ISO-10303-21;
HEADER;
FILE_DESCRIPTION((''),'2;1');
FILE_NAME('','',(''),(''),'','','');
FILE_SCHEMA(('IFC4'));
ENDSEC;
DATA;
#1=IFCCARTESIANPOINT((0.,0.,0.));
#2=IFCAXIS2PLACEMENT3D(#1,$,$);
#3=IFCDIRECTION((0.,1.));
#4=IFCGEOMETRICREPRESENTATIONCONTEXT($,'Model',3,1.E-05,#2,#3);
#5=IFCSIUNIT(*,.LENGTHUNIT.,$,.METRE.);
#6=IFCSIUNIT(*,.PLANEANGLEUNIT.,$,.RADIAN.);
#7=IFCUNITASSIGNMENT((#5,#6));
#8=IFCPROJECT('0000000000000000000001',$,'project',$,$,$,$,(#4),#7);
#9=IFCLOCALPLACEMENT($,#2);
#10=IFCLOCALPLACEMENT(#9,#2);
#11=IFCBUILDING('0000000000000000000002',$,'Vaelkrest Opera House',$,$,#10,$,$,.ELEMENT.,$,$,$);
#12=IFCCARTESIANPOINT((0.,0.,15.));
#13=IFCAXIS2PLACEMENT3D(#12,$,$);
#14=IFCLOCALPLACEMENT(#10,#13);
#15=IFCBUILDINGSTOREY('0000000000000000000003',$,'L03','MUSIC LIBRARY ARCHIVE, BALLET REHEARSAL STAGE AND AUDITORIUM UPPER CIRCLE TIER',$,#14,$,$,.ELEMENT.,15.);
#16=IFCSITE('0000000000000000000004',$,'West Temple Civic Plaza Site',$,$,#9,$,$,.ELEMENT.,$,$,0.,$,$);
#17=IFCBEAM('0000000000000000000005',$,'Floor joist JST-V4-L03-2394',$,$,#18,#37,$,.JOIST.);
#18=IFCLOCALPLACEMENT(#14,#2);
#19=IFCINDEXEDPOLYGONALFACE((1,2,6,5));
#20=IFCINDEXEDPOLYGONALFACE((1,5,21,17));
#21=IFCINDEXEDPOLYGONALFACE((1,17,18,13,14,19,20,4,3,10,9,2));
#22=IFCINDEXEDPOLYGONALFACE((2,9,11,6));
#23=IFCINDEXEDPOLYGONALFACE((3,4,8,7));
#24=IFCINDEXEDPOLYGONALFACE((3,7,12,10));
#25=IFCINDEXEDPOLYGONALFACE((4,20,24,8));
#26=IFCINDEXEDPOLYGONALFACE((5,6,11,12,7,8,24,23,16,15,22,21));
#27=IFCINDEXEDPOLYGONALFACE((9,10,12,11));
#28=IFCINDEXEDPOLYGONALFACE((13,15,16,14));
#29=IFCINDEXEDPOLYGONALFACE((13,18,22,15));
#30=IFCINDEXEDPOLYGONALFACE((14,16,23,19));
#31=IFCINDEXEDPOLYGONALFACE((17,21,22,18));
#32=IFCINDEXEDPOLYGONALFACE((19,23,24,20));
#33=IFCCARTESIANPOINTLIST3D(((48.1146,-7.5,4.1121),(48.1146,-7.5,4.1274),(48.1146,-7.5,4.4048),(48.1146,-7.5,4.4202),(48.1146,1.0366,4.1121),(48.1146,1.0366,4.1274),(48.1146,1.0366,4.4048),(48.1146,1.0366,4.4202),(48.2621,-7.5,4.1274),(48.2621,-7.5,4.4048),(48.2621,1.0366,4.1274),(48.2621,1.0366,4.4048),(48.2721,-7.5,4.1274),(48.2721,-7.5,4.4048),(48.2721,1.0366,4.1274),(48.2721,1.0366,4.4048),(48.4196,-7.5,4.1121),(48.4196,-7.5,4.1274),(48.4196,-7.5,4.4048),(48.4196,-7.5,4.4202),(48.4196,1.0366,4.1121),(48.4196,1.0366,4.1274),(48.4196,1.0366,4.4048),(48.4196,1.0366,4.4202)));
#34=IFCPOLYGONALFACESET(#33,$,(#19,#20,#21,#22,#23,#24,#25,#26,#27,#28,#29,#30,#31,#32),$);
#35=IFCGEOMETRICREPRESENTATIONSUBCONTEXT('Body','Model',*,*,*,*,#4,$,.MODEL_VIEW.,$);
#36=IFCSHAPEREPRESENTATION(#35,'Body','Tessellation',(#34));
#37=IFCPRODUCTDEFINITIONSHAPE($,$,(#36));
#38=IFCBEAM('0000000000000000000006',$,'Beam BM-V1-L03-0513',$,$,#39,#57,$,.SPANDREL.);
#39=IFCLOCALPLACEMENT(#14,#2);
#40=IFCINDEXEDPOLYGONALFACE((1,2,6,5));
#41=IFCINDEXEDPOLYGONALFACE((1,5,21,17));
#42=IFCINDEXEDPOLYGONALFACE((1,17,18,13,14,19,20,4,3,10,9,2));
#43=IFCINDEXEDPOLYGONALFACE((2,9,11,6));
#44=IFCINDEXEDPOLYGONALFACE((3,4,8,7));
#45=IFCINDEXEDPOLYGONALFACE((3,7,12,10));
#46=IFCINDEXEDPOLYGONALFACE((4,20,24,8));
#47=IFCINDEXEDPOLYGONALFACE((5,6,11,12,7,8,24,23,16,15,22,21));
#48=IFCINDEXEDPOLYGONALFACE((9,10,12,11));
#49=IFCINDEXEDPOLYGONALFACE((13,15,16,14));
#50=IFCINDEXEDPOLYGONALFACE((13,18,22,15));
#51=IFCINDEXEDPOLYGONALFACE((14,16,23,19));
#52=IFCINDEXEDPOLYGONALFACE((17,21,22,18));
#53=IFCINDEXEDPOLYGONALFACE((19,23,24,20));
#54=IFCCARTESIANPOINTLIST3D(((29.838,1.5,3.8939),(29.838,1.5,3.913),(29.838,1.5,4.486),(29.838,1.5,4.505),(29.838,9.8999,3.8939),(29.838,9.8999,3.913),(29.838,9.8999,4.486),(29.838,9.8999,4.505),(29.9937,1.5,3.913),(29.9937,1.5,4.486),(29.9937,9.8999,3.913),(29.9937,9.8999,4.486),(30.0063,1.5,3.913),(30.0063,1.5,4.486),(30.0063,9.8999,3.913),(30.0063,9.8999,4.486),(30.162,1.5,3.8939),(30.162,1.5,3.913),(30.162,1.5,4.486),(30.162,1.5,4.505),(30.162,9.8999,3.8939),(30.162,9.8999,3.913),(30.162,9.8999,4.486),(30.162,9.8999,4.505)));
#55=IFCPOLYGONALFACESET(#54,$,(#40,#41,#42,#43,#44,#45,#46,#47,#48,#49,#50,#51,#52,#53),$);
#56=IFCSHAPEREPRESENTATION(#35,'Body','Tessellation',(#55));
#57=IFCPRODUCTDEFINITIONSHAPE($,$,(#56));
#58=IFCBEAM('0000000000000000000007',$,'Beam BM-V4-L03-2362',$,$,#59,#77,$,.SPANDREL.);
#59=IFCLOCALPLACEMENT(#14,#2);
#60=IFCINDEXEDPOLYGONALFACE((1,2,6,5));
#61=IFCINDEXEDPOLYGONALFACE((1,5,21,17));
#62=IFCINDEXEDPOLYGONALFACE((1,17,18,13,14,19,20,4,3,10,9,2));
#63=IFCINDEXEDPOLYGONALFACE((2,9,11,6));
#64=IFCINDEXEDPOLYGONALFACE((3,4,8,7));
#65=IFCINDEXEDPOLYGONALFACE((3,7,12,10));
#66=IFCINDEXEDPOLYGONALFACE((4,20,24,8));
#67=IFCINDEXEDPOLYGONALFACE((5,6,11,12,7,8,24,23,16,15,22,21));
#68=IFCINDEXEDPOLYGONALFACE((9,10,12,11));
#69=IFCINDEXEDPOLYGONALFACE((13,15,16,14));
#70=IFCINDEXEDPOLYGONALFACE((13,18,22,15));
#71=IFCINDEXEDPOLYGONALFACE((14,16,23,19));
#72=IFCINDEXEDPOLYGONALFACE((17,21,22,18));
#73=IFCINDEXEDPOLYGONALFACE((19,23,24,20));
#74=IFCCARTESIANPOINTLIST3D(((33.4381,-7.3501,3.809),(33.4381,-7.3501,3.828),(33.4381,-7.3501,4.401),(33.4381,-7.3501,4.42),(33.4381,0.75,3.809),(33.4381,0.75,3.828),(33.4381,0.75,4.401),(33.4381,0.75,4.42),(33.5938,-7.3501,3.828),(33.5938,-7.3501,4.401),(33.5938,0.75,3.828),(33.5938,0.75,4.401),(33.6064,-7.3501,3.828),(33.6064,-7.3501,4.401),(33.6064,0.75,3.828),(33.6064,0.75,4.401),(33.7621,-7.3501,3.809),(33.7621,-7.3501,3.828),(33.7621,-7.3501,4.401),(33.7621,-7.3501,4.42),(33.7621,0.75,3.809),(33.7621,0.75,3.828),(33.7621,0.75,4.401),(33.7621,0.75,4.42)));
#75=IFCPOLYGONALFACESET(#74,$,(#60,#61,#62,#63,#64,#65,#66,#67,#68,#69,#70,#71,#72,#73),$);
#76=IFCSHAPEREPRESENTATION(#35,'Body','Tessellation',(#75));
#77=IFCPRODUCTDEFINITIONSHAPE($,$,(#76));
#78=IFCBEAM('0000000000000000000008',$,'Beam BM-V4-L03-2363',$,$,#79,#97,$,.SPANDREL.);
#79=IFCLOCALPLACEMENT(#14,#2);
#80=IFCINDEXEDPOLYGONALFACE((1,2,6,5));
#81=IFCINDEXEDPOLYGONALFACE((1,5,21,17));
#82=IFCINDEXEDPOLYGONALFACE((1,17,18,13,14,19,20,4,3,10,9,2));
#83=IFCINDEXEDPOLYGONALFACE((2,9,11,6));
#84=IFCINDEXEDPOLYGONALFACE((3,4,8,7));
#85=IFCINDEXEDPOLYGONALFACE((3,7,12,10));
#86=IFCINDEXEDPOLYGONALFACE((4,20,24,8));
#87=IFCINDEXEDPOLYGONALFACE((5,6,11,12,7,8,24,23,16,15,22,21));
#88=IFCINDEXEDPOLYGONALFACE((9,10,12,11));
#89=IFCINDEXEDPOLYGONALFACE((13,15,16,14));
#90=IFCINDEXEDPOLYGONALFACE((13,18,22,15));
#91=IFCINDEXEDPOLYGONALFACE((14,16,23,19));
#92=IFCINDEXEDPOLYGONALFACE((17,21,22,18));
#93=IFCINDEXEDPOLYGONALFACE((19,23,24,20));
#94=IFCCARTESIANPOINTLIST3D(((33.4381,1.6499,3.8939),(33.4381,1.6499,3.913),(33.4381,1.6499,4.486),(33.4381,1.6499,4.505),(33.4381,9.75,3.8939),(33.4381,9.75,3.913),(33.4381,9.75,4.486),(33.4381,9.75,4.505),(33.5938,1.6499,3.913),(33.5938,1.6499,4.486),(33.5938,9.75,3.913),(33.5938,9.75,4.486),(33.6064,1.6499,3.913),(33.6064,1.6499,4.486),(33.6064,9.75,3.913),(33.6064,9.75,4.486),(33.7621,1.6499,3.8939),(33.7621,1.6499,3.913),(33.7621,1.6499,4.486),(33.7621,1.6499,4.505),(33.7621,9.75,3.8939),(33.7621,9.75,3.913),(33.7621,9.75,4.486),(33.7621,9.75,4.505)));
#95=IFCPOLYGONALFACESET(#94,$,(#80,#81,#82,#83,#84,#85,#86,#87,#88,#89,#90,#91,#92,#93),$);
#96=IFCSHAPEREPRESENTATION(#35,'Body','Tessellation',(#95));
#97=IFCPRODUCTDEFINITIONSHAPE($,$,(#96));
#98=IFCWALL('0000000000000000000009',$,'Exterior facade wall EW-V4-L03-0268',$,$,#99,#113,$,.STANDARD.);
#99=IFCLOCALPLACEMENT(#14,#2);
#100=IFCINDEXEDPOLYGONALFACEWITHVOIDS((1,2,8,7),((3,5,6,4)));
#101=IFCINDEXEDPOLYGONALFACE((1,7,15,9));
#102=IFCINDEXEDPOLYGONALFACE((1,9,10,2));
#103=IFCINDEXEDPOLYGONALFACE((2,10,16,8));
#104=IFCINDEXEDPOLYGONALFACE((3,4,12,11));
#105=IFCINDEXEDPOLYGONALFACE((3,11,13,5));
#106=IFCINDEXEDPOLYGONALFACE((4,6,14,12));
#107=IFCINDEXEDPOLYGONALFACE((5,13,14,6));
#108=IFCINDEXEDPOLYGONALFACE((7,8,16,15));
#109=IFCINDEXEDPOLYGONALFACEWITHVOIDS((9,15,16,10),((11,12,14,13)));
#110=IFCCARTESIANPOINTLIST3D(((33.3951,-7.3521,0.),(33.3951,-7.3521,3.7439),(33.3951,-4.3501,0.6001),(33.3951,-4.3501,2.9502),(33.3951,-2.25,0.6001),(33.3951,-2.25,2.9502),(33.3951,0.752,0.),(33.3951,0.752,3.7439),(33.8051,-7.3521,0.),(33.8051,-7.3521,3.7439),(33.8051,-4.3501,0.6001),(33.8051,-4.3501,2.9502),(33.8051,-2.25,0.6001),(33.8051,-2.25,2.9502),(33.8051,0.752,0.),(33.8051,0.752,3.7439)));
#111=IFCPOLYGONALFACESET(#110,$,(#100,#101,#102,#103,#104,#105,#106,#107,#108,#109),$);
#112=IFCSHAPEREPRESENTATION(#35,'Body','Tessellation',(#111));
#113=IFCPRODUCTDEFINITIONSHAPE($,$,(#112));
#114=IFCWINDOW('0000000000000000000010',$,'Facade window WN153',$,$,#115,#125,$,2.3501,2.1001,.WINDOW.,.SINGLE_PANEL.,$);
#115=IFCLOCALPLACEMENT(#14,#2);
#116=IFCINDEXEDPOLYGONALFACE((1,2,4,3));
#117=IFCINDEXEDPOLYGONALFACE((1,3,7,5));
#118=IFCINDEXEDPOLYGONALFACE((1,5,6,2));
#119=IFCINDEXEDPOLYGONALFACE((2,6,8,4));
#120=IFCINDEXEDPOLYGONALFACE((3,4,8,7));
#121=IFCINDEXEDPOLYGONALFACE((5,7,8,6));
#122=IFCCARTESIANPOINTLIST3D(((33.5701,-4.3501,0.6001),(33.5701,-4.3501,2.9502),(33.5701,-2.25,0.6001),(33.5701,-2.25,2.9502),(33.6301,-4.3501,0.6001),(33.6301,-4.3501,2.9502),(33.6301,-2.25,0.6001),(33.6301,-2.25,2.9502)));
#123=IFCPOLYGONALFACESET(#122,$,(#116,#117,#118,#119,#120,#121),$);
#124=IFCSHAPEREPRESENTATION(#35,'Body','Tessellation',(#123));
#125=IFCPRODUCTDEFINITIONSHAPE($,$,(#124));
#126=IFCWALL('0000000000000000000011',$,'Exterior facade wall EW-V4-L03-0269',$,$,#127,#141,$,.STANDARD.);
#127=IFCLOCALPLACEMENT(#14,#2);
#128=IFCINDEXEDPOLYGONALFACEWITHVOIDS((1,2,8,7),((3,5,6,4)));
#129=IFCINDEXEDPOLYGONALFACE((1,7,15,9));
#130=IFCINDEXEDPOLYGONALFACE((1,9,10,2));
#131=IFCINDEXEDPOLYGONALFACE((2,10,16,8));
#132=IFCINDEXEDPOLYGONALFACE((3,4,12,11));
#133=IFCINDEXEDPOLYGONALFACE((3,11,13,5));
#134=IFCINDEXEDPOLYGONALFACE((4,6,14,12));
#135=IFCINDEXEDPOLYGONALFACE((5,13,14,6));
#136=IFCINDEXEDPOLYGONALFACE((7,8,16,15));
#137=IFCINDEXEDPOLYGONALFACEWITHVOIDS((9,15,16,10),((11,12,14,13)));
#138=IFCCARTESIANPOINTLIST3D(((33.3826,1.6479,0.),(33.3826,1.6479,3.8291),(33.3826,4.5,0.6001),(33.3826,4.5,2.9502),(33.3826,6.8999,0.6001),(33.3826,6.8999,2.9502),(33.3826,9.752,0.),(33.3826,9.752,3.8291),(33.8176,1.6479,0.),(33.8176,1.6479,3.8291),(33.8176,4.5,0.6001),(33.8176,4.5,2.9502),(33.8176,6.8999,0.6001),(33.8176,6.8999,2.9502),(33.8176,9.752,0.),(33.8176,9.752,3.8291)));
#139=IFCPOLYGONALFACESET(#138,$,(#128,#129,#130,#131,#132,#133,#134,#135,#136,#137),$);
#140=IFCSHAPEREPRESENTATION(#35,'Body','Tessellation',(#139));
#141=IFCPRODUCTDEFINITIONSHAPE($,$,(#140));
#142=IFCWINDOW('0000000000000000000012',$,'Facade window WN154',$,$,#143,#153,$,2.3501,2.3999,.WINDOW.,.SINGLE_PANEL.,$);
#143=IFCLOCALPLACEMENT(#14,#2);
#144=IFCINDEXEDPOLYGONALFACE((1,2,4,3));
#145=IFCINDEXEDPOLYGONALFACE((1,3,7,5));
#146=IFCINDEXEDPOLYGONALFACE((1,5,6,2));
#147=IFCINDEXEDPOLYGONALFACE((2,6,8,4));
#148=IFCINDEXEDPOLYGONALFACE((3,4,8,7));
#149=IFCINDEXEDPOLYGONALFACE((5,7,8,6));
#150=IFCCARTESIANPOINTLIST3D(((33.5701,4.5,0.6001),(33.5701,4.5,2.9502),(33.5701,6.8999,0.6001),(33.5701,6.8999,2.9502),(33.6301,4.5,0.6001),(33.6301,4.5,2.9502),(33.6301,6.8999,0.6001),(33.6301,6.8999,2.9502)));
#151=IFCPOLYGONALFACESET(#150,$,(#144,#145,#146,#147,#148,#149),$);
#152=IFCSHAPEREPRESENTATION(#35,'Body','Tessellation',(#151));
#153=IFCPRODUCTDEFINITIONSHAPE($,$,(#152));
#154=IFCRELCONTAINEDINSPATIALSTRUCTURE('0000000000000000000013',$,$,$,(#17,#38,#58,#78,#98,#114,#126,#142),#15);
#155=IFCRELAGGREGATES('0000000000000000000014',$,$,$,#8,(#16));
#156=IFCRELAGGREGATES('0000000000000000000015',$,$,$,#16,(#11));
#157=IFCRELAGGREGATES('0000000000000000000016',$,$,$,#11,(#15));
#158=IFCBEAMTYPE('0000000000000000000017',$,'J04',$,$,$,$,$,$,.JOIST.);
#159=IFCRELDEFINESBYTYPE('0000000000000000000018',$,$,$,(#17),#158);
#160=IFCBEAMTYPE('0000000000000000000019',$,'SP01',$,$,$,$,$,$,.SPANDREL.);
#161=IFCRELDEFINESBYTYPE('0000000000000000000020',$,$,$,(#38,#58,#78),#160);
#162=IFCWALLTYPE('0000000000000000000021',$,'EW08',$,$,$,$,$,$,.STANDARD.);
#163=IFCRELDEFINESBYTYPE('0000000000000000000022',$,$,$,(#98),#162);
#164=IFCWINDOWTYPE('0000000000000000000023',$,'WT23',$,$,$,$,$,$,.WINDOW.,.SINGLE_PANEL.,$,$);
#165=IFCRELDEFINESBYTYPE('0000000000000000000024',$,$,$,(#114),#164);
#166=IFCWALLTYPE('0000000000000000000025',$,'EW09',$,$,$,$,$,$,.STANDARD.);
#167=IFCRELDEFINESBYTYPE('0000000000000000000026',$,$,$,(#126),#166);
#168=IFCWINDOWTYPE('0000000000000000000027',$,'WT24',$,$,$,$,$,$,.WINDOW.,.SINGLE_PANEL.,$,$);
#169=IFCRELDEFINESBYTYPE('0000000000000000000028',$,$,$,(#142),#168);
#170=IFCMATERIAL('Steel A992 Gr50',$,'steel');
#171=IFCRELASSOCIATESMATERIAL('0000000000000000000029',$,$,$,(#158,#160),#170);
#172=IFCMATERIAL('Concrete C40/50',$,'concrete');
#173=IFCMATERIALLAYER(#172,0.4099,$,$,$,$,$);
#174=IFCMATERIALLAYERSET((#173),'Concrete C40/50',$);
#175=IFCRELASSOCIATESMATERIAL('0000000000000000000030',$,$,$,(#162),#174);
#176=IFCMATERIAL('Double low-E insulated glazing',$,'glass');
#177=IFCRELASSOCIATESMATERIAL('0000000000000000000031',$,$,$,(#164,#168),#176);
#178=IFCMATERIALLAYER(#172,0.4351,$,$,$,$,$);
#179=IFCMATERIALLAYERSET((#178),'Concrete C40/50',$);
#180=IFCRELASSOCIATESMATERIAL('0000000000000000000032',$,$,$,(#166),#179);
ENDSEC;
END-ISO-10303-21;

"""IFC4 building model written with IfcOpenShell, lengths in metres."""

from ifc_helpers import new_model, si_unit, direction, frame, frame_2d, origin, origin_2d, place, context, subcontext, project, spatial, rectangle, i_section, extrude, material, layer, layer_set, material_profile, profile_set, type_object, element, fill, save


model = new_model("IFC4")

# Units and contexts
model_context = context("Model", 3, precision=1e-05, world=origin(), true_north=direction((0.0, 1.0)))
body_context = subcontext(model_context, "Body", "Model", "MODEL_VIEW")
ifc_project = project(units=[si_unit("LENGTHUNIT", "METRE"), si_unit("PLANEANGLEUNIT", "RADIAN")], contexts=[model_context])

# Site, building, storey
site_placement = place(None, origin())
site = spatial("IfcSite", under=ifc_project, at=site_placement, Name="West Temple Civic Plaza Site", CompositionType="ELEMENT", RefElevation=0.0)
building_placement = place(site_placement, origin())
building = spatial("IfcBuilding", under=site, at=building_placement, Name="Vaelkrest Opera House", CompositionType="ELEMENT")
storey_placement = place(building_placement, frame((0.0, 0.0, 15.0)))
storey = spatial("IfcBuildingStorey", under=building, at=storey_placement, Name="L03", Description="MUSIC LIBRARY ARCHIVE, BALLET REHEARSAL STAGE AND AUDITORIUM UPPER CIRCLE TIER", CompositionType="ELEMENT", Elevation=15.0)

# Shared definitions
ifc_material_1 = material(Name="Steel A992 Gr50", Category="steel")

# Beams
ifc_material_profile_1 = material_profile(ifc_material_1, i_section(OverallWidth=0.3049, OverallDepth=0.3081, WebThickness=0.01, FlangeThickness=0.0154, at=origin_2d()), Name="W12X65")
ifc_profile_set_1 = profile_set([ifc_material_profile_1], Name="Steel A992 Gr50")
beam_type_1 = type_object("IfcBeamType", Name="J04", PredefinedType="JOIST", material=ifc_profile_set_1)
beam_1_placement = place(storey_placement, frame((48.2671, -7.5, 4.2661), z_axis=(0.0, 1.0, 0.0), x_axis=(-1.0, 0.0, 0.0)))
element("IfcBeam", 1, at=beam_1_placement, inside=storey, type_object=beam_type_1, Name="Floor joist JST-V4-L03-2394", PredefinedType="JOIST", context=body_context, shape_type="SweptSolid", body=[
    extrude(i_section(OverallWidth=0.3049, OverallDepth=0.3081, WebThickness=0.01, FlangeThickness=0.0154, at=origin_2d()), origin(), (0.0, 0.0, 1.0), 8.5366),
])
ifc_material_profile_2 = material_profile(ifc_material_1, i_section(OverallWidth=0.324, OverallDepth=0.6111, WebThickness=0.0127, FlangeThickness=0.019, at=origin_2d()), Name="W24X104")
ifc_profile_set_2 = profile_set([ifc_material_profile_2], Name="Steel A992 Gr50")
beam_type_2 = type_object("IfcBeamType", Name="SP01", PredefinedType="SPANDREL", material=ifc_profile_set_2)
beam_2_placement = place(storey_placement, frame((30.0, 1.5, 4.1995), z_axis=(0.0, 1.0, 0.0), x_axis=(-1.0, 0.0, 0.0)))
element("IfcBeam", 2, at=beam_2_placement, inside=storey, type_object=beam_type_2, Name="Beam BM-V1-L03-0513", PredefinedType="SPANDREL", context=body_context, shape_type="SweptSolid", body=[
    extrude(i_section(OverallWidth=0.324, OverallDepth=0.6111, WebThickness=0.0127, FlangeThickness=0.019, at=origin_2d()), origin(), (0.0, 0.0, 1.0), 8.3999),
])
for number, where, z_axis, x_axis, name in (
    (3, (33.6001, -7.3501, 4.1145), (0.0, 1.0, 0.0), (-1.0, 0.0, 0.0), "Beam BM-V4-L03-2362"),
    (4, (33.6001, 1.6499, 4.1995), (0.0, 1.0, 0.0), (-1.0, 0.0, 0.0), "Beam BM-V4-L03-2363"),
):
    element("IfcBeam", number, at=place(storey_placement, frame(where, z_axis=z_axis, x_axis=x_axis)), inside=storey, type_object=beam_type_2, Name=name, PredefinedType="SPANDREL", context=body_context, shape_type="SweptSolid", body=[
        extrude(i_section(OverallWidth=0.324, OverallDepth=0.6111, WebThickness=0.0127, FlangeThickness=0.019, at=origin_2d()), origin(), (0.0, 0.0, 1.0), 8.1001),
    ])

# Walls, openings, windows
ifc_material_2 = material(Name="Concrete C40/50", Category="concrete")
ifc_layer_1 = layer(ifc_material_2, 0.4099)
ifc_layer_set_1 = layer_set([ifc_layer_1], Name="Concrete C40/50")
wall_type_1 = type_object("IfcWallType", Name="EW08", PredefinedType="STANDARD", material=ifc_layer_set_1)
wall_1_placement = place(storey_placement, frame((33.6001, -7.3521, 0.0), z_axis=(0.0, 0.0, 1.0), x_axis=(0.0, 1.0, 0.0)))
wall_1 = element("IfcWall", 5, at=wall_1_placement, inside=storey, type_object=wall_type_1, Name="Exterior facade wall EW-V4-L03-0268", PredefinedType="STANDARD", context=body_context, shape_type="SweptSolid", body=[
    extrude(rectangle(XDim=8.104, YDim=0.4099, at=frame_2d((4.052, 0.0))), origin(), (0.0, 0.0, 1.0), 3.7439),
])
opening_1_placement = place(wall_1_placement, frame((3.002, 0.0, 0.6001)))
opening_1 = element("IfcOpeningElement", 6, at=opening_1_placement, cuts=wall_1, PredefinedType="OPENING", context=body_context, shape_type="SweptSolid", body=[
    extrude(rectangle(XDim=2.1001, YDim=2.3501, at=frame_2d((1.05, 1.175))), frame((0.0, 0.2148, 0.0), z_axis=(0.0, -1.0, 0.0), x_axis=(1.0, 0.0, 0.0)), (0.0, 0.0, 1.0), 0.4299),
])
ifc_material_3 = material(Name="Double low-E insulated glazing", Category="glass")
window_type_1 = type_object("IfcWindowType", Name="WT23", PartitioningType="SINGLE_PANEL", PredefinedType="WINDOW", material=ifc_material_3)
window_1_placement = place(opening_1_placement, origin())
window_1 = element("IfcWindow", 7, at=window_1_placement, inside=storey, type_object=window_type_1, Name="Facade window WN153", OverallHeight=2.3501, OverallWidth=2.1001, PartitioningType="SINGLE_PANEL", PredefinedType="WINDOW", context=body_context, shape_type="SweptSolid", body=[
    extrude(rectangle(XDim=2.1001, YDim=2.3501, at=frame_2d((1.05, 1.175))), frame((0.0, 0.03, 0.0), z_axis=(0.0, -1.0, 0.0), x_axis=(1.0, 0.0, 0.0)), (0.0, 0.0, 1.0), 0.0601),
])
fill(opening_1, window_1)
ifc_layer_2 = layer(ifc_material_2, 0.4351)
ifc_layer_set_2 = layer_set([ifc_layer_2], Name="Concrete C40/50")
wall_type_2 = type_object("IfcWallType", Name="EW09", PredefinedType="STANDARD", material=ifc_layer_set_2)
wall_2_placement = place(storey_placement, frame((33.6001, 1.6479, 0.0), z_axis=(0.0, 0.0, 1.0), x_axis=(0.0, 1.0, 0.0)))
wall_2 = element("IfcWall", 8, at=wall_2_placement, inside=storey, type_object=wall_type_2, Name="Exterior facade wall EW-V4-L03-0269", PredefinedType="STANDARD", context=body_context, shape_type="SweptSolid", body=[
    extrude(rectangle(XDim=8.104, YDim=0.4351, at=frame_2d((4.052, 0.0))), origin(), (0.0, 0.0, 1.0), 3.8291),
])
opening_2_placement = place(wall_2_placement, frame((2.8521, 0.0, 0.6001)))
opening_2 = element("IfcOpeningElement", 9, at=opening_2_placement, cuts=wall_2, PredefinedType="OPENING", context=body_context, shape_type="SweptSolid", body=[
    extrude(rectangle(XDim=2.3999, YDim=2.3501, at=frame_2d((1.2, 1.175))), frame((0.0, 0.2275, 0.0), z_axis=(0.0, -1.0, 0.0), x_axis=(1.0, 0.0, 0.0)), (0.0, 0.0, 1.0), 0.4551),
])
window_type_2 = type_object("IfcWindowType", Name="WT24", PartitioningType="SINGLE_PANEL", PredefinedType="WINDOW", material=ifc_material_3)
window_2_placement = place(opening_2_placement, origin())
window_2 = element("IfcWindow", 10, at=window_2_placement, inside=storey, type_object=window_type_2, Name="Facade window WN154", OverallHeight=2.3501, OverallWidth=2.3999, PartitioningType="SINGLE_PANEL", PredefinedType="WINDOW", context=body_context, shape_type="SweptSolid", body=[
    extrude(rectangle(XDim=2.3999, YDim=2.3501, at=frame_2d((1.2, 1.175))), frame((0.0, 0.03, 0.0), z_axis=(0.0, -1.0, 0.0), x_axis=(1.0, 0.0, 0.0)), (0.0, 0.0, 1.0), 0.0601),
])
fill(opening_2, window_2)

save(model, "model.ifc")
